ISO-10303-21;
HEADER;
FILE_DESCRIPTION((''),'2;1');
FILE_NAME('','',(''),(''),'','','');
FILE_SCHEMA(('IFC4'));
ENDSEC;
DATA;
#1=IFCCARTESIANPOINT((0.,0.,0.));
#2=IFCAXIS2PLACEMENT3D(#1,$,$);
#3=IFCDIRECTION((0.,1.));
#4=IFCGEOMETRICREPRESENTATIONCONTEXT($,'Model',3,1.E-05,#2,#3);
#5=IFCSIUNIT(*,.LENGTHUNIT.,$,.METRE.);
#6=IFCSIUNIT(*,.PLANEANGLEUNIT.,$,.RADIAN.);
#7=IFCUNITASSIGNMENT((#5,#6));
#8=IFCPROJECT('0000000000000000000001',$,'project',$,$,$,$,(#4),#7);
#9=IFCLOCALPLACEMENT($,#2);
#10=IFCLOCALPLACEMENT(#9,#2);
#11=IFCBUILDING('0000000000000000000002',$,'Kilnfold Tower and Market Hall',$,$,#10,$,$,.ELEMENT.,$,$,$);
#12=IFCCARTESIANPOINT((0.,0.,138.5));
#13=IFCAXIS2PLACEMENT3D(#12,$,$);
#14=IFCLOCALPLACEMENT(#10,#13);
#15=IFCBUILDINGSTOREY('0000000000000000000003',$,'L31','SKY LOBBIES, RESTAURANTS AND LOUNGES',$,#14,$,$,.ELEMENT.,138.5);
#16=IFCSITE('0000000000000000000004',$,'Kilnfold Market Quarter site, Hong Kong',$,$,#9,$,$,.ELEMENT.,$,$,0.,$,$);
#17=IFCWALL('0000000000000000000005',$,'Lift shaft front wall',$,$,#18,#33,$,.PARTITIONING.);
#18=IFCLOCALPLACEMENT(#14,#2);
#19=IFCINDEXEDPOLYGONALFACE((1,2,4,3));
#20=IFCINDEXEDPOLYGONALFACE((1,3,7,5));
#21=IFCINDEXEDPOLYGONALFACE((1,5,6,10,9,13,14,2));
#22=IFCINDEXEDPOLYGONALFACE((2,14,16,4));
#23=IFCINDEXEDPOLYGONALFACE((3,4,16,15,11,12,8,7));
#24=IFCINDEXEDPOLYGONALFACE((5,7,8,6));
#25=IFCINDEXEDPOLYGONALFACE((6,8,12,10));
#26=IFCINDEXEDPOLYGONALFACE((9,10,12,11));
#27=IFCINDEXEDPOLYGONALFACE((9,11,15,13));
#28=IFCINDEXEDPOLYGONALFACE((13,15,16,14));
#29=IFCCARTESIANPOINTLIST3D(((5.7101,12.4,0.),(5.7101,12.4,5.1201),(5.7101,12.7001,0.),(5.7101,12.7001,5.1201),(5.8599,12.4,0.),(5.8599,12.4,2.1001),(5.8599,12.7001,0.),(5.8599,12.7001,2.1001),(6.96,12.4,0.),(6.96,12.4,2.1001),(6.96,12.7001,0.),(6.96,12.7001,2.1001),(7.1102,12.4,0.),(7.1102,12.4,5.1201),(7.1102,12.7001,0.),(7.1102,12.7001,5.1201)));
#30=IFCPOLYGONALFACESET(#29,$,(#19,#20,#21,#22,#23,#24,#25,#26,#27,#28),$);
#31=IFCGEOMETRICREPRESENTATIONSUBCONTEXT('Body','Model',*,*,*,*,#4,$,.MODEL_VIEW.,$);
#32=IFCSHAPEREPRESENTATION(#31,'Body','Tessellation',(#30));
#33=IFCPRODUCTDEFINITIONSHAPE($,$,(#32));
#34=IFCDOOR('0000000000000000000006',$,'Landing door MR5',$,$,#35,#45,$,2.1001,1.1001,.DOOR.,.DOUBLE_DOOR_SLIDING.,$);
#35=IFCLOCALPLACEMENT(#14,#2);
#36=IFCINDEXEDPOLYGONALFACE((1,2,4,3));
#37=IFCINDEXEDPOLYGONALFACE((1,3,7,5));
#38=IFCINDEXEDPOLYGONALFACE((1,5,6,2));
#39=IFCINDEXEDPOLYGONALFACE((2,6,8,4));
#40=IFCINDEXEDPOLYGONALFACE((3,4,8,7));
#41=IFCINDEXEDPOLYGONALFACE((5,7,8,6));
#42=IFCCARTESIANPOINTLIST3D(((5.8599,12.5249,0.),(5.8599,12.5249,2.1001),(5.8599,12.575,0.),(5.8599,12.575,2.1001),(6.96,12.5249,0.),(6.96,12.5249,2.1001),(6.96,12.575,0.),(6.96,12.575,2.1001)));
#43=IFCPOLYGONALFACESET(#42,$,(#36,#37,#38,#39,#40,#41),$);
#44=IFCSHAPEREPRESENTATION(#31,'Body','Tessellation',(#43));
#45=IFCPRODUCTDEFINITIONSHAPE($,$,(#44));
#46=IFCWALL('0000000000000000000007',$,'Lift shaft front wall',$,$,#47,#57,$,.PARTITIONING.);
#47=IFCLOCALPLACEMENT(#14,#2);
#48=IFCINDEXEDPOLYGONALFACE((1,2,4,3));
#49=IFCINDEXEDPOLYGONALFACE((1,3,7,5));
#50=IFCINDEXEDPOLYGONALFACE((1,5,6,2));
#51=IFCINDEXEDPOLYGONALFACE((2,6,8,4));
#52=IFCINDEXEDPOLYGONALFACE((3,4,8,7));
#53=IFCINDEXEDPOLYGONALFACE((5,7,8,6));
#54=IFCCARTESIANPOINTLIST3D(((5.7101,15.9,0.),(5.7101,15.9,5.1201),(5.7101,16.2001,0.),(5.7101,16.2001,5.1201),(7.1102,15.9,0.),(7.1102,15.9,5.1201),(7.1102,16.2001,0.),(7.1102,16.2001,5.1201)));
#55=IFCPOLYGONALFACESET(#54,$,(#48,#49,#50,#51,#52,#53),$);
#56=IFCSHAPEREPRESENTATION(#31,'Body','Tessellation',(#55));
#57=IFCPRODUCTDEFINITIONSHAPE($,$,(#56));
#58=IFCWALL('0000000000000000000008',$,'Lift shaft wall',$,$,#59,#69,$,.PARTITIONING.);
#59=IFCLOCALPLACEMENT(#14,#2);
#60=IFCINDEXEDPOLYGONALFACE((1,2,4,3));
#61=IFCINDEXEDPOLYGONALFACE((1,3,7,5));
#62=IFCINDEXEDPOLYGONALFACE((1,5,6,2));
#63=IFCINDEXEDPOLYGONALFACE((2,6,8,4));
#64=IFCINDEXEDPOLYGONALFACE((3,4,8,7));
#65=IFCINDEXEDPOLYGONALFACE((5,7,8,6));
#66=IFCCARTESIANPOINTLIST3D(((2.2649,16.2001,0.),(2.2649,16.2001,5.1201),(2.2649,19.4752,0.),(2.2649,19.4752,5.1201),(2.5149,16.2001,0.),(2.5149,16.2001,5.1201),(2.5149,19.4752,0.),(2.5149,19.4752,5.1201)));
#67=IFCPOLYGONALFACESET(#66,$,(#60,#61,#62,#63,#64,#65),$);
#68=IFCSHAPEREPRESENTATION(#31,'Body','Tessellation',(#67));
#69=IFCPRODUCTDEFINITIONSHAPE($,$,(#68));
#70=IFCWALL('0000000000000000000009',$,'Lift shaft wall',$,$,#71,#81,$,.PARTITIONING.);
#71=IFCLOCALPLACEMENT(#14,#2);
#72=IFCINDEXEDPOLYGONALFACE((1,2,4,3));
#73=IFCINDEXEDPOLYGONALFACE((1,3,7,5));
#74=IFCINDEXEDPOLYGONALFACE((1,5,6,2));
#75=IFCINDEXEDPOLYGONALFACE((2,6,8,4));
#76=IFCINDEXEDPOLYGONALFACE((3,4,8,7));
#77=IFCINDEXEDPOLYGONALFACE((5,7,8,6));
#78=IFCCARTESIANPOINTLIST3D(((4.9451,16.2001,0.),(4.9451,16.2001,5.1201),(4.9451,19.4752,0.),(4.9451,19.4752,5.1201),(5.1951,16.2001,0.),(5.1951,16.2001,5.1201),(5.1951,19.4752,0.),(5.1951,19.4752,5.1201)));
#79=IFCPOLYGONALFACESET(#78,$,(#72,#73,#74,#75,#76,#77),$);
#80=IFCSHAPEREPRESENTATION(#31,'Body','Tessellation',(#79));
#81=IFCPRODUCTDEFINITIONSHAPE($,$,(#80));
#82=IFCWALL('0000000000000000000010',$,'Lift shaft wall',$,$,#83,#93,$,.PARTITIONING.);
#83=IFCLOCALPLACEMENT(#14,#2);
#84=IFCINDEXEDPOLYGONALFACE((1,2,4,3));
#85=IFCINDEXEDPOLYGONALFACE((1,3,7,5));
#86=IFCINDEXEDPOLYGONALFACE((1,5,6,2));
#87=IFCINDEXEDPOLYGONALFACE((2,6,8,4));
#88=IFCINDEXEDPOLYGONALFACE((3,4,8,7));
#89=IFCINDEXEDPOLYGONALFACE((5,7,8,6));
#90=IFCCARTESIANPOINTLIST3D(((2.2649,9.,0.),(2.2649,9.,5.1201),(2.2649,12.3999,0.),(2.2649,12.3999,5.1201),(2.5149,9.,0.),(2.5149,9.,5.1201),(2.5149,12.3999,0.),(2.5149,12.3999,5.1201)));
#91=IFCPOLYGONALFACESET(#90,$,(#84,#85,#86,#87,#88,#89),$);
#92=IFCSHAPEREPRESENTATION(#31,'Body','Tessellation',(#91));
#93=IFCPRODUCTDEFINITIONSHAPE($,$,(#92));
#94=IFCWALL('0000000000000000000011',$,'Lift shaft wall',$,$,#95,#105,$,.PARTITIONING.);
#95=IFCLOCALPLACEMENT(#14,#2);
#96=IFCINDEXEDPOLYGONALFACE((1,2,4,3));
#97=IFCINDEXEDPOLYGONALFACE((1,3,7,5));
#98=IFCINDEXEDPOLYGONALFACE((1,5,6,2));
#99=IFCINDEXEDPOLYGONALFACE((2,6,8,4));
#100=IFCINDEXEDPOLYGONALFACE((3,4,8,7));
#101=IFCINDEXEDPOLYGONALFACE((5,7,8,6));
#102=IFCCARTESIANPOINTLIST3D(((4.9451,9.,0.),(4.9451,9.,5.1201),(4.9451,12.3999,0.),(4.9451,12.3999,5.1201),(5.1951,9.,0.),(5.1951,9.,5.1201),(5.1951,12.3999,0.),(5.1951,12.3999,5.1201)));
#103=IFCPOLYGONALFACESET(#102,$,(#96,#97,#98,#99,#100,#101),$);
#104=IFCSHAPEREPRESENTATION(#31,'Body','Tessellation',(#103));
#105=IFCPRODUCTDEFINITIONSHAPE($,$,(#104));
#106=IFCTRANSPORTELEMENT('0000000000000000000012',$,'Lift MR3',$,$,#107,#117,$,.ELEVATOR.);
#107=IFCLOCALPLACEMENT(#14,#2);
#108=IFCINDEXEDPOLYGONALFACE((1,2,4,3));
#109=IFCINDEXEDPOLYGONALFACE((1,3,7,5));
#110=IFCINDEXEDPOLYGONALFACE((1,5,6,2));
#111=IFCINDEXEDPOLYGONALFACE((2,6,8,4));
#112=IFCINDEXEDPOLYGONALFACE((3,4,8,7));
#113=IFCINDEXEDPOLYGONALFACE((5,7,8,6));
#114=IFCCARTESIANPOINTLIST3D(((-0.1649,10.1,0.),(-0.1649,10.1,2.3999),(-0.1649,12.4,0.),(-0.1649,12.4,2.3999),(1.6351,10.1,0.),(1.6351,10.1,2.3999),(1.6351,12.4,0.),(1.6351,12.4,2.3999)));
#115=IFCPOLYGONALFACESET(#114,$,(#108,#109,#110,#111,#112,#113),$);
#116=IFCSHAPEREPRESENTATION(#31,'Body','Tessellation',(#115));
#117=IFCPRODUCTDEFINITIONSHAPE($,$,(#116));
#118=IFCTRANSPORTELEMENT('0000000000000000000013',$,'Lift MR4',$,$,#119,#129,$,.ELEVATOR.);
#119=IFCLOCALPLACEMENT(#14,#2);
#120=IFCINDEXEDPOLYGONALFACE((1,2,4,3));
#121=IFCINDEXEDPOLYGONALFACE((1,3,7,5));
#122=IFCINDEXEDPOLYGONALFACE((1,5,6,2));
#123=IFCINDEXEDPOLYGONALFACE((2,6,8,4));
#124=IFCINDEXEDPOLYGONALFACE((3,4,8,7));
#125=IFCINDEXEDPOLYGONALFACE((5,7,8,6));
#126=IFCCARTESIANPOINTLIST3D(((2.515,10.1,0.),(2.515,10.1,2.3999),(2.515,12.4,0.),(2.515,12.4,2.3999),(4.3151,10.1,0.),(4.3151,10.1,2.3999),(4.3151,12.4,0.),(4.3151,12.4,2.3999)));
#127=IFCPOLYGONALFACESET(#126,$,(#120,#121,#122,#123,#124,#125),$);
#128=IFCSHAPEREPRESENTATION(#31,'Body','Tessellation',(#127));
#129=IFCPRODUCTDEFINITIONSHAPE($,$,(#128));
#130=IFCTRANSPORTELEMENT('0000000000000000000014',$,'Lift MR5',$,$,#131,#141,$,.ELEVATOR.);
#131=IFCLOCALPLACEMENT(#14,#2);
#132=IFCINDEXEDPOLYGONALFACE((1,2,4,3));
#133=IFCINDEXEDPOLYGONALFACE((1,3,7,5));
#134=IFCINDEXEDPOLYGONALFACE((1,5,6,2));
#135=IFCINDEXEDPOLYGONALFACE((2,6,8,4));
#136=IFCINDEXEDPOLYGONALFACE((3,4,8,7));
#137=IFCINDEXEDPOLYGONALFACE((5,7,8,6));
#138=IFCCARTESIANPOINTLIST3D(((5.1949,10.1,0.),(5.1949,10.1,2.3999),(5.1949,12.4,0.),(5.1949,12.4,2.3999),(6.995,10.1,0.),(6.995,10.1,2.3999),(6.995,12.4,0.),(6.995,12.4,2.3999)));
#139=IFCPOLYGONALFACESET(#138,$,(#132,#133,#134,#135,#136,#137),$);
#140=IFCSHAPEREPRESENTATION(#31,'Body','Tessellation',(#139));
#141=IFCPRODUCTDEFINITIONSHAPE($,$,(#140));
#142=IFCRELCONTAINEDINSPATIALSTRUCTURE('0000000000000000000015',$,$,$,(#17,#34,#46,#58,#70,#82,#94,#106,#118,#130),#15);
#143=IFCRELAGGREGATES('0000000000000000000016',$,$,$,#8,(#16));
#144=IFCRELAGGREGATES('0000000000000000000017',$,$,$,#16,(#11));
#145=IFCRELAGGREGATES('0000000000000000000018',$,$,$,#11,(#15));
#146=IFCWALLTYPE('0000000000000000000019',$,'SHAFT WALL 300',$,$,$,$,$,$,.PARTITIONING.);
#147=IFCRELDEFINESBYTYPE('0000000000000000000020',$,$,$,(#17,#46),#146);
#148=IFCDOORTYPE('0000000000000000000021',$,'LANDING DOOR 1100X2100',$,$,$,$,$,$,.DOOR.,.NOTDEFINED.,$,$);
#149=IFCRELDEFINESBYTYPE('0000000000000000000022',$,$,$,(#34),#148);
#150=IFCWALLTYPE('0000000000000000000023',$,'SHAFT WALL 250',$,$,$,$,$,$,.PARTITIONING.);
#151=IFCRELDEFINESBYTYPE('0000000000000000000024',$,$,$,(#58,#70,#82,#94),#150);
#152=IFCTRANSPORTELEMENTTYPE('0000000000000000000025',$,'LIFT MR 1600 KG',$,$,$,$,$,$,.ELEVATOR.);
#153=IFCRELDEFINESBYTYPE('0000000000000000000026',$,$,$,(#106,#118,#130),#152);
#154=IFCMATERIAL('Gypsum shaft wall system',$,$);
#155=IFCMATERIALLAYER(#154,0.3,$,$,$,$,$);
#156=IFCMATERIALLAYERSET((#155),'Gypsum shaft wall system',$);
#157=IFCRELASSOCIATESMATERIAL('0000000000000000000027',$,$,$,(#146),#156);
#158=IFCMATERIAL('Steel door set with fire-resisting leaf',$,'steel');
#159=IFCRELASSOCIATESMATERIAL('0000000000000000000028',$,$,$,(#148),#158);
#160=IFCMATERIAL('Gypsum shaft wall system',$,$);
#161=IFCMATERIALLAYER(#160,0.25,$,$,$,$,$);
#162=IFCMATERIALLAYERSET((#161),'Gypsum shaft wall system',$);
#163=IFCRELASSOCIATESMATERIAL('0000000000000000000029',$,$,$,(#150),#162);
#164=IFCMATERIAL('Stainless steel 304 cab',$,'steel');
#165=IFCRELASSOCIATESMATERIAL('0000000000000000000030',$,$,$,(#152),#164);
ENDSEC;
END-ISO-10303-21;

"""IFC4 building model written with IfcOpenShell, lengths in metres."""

from ifc_helpers import new_model, si_unit, direction, frame, frame_2d, origin, origin_2d, place, context, subcontext, project, spatial, rectangle, extrude, source, transform, mapped, material, layer, layer_set, type_object, element, fill, save


model = new_model("IFC4")

# Units and contexts
model_context = context("Model", 3, precision=1e-05, world=origin(), true_north=direction((0.0, 1.0)))
body_context = subcontext(model_context, "Body", "Model", "MODEL_VIEW")
ifc_project = project(units=[si_unit("LENGTHUNIT", "METRE"), si_unit("PLANEANGLEUNIT", "RADIAN")], contexts=[model_context])

# Site, building, storey
site_placement = place(None, origin())
site = spatial("IfcSite", under=ifc_project, at=site_placement, Name="Kilnfold Market Quarter site, Hong Kong", CompositionType="ELEMENT", RefElevation=0.0)
building_placement = place(site_placement, origin())
building = spatial("IfcBuilding", under=site, at=building_placement, Name="Kilnfold Tower and Market Hall", CompositionType="ELEMENT")
storey_placement = place(building_placement, frame((0.0, 0.0, 138.5)))
storey = spatial("IfcBuildingStorey", under=building, at=storey_placement, Name="L31", Description="SKY LOBBIES, RESTAURANTS AND LOUNGES", CompositionType="ELEMENT", Elevation=138.5)

# Shared definitions
ifc_material_1 = material(Name="Gypsum shaft wall system")
ifc_layer_1 = layer(ifc_material_1, 0.3)
ifc_layer_set_1 = layer_set([ifc_layer_1], Name="Gypsum shaft wall system")
wall_type_1 = type_object("IfcWallType", Name="SHAFT WALL 300", PredefinedType="PARTITIONING", material=ifc_layer_set_1)
ifc_material_2 = material(Name="Steel door set with fire-resisting leaf", Category="steel")
door_type = type_object("IfcDoorType", Name="LANDING DOOR 1100X2100", OperationType="NOTDEFINED", PredefinedType="DOOR", material=ifc_material_2)

# Wall, opening, door
shared_shape_1 = source(origin(), body_context, "Body", "SweptSolid", [
    extrude(rectangle(XDim=1.4001, YDim=0.3, at=frame_2d((0.7002, 0.0))), origin(), (0.0, 0.0, 1.0), 5.1201),
])
wall_1_placement = place(storey_placement, frame((5.71, 12.55, 0.0), z_axis=(0.0, 0.0, 1.0), x_axis=(1.0, 0.0, 0.0)))
wall_1 = element("IfcWall", 1, at=wall_1_placement, inside=storey, type_object=wall_type_1, Name="Lift shaft front wall", PredefinedType="PARTITIONING", context=body_context, shape_type="MappedRepresentation", body=[
    mapped(shared_shape_1, transform((0.0, 0.0, 0.0))),
])
opening_1_placement = place(wall_1_placement, frame((0.1499, 0.0, 0.0)))
opening_1 = element("IfcOpeningElement", 2, at=opening_1_placement, cuts=wall_1, PredefinedType="OPENING", context=body_context, shape_type="SweptSolid", body=[
    extrude(rectangle(XDim=1.1001, YDim=2.1001, at=frame_2d((0.55, 1.05))), frame((0.0, 0.1602, 0.0), z_axis=(0.0, -1.0, 0.0), x_axis=(1.0, 0.0, 0.0)), (0.0, 0.0, 1.0), 0.3201),
])
door_1_placement = place(opening_1_placement, origin())
door_1 = element("IfcDoor", 3, at=door_1_placement, inside=storey, type_object=door_type, Name="Landing door MR5", OperationType="DOUBLE_DOOR_SLIDING", OverallHeight=2.1001, OverallWidth=1.1001, PredefinedType="DOOR", context=body_context, shape_type="SweptSolid", body=[
    extrude(rectangle(XDim=1.1001, YDim=2.1001, at=frame_2d((0.55, 1.05))), frame((0.0, 0.0249, 0.0), z_axis=(0.0, -1.0, 0.0), x_axis=(1.0, 0.0, 0.0)), (0.0, 0.0, 1.0), 0.05),
])
fill(opening_1, door_1)

# Walls
wall_2_placement = place(storey_placement, frame((5.71, 16.05, 0.0), z_axis=(0.0, 0.0, 1.0), x_axis=(1.0, 0.0, 0.0)))
element("IfcWall", 4, at=wall_2_placement, inside=storey, type_object=wall_type_1, Name="Lift shaft front wall", PredefinedType="PARTITIONING", context=body_context, shape_type="MappedRepresentation", body=[
    mapped(shared_shape_1, transform((0.0, 0.0, 0.0))),
])
ifc_material_3 = material(Name="Gypsum shaft wall system")
ifc_layer_2 = layer(ifc_material_3, 0.25)
ifc_layer_set_2 = layer_set([ifc_layer_2], Name="Gypsum shaft wall system")
wall_type_2 = type_object("IfcWallType", Name="SHAFT WALL 250", PredefinedType="PARTITIONING", material=ifc_layer_set_2)
shared_shape_2 = source(origin(), body_context, "Body", "SweptSolid", [
    extrude(rectangle(XDim=3.2751, YDim=0.25, at=frame_2d((1.6377, 0.0))), origin(), (0.0, 0.0, 1.0), 5.1201),
])
for number, where, z_axis, x_axis, name in (
    (5, (2.3899, 16.2, 0.0), (0.0, 0.0, 1.0), (0.0, 1.0, 0.0), "Lift shaft wall"),
    (6, (5.0701, 16.2, 0.0), (0.0, 0.0, 1.0), (0.0, 1.0, 0.0), "Lift shaft wall"),
):
    element("IfcWall", number, at=place(storey_placement, frame(where, z_axis=z_axis, x_axis=x_axis)), inside=storey, type_object=wall_type_2, Name=name, PredefinedType="PARTITIONING", context=body_context, shape_type="MappedRepresentation", body=[
        mapped(shared_shape_2, transform((0.0, 0.0, 0.0))),
    ])
shared_shape_3 = source(origin(), body_context, "Body", "SweptSolid", [
    extrude(rectangle(XDim=3.3999, YDim=0.25, at=frame_2d((1.7, 0.0))), origin(), (0.0, 0.0, 1.0), 5.1201),
])
for number, where, z_axis, x_axis, name in (
    (7, (2.3899, 9.0, 0.0), (0.0, 0.0, 1.0), (0.0, 1.0, 0.0), "Lift shaft wall"),
    (8, (5.0701, 9.0, 0.0), (0.0, 0.0, 1.0), (0.0, 1.0, 0.0), "Lift shaft wall"),
):
    element("IfcWall", number, at=place(storey_placement, frame(where, z_axis=z_axis, x_axis=x_axis)), inside=storey, type_object=wall_type_2, Name=name, PredefinedType="PARTITIONING", context=body_context, shape_type="MappedRepresentation", body=[
        mapped(shared_shape_3, transform((0.0, 0.0, 0.0))),
    ])

# Transport elements
ifc_material_4 = material(Name="Stainless steel 304 cab", Category="steel")
transport_element_type = type_object("IfcTransportElementType", Name="LIFT MR 1600 KG", PredefinedType="ELEVATOR", material=ifc_material_4)
shared_shape_4 = source(origin(), body_context, "Body", "SweptSolid", [
    extrude(rectangle(XDim=1.8, YDim=2.3, at=origin_2d()), origin(), (0.0, 0.0, 1.0), 2.3999),
])
for number, where, z_axis, x_axis, name in (
    (9, (0.7351, 11.25, 0.0), (0.0, 0.0, 1.0), (1.0, 0.0, 0.0), "Lift MR3"),
    (10, (3.415, 11.25, 0.0), (0.0, 0.0, 1.0), (1.0, 0.0, 0.0), "Lift MR4"),
    (11, (6.095, 11.25, 0.0), (0.0, 0.0, 1.0), (1.0, 0.0, 0.0), "Lift MR5"),
):
    element("IfcTransportElement", number, at=place(storey_placement, frame(where, z_axis=z_axis, x_axis=x_axis)), inside=storey, type_object=transport_element_type, Name=name, PredefinedType="ELEVATOR", context=body_context, shape_type="MappedRepresentation", body=[
        mapped(shared_shape_4, transform((0.0, 0.0, 0.0))),
    ])

save(model, "model.ifc")
